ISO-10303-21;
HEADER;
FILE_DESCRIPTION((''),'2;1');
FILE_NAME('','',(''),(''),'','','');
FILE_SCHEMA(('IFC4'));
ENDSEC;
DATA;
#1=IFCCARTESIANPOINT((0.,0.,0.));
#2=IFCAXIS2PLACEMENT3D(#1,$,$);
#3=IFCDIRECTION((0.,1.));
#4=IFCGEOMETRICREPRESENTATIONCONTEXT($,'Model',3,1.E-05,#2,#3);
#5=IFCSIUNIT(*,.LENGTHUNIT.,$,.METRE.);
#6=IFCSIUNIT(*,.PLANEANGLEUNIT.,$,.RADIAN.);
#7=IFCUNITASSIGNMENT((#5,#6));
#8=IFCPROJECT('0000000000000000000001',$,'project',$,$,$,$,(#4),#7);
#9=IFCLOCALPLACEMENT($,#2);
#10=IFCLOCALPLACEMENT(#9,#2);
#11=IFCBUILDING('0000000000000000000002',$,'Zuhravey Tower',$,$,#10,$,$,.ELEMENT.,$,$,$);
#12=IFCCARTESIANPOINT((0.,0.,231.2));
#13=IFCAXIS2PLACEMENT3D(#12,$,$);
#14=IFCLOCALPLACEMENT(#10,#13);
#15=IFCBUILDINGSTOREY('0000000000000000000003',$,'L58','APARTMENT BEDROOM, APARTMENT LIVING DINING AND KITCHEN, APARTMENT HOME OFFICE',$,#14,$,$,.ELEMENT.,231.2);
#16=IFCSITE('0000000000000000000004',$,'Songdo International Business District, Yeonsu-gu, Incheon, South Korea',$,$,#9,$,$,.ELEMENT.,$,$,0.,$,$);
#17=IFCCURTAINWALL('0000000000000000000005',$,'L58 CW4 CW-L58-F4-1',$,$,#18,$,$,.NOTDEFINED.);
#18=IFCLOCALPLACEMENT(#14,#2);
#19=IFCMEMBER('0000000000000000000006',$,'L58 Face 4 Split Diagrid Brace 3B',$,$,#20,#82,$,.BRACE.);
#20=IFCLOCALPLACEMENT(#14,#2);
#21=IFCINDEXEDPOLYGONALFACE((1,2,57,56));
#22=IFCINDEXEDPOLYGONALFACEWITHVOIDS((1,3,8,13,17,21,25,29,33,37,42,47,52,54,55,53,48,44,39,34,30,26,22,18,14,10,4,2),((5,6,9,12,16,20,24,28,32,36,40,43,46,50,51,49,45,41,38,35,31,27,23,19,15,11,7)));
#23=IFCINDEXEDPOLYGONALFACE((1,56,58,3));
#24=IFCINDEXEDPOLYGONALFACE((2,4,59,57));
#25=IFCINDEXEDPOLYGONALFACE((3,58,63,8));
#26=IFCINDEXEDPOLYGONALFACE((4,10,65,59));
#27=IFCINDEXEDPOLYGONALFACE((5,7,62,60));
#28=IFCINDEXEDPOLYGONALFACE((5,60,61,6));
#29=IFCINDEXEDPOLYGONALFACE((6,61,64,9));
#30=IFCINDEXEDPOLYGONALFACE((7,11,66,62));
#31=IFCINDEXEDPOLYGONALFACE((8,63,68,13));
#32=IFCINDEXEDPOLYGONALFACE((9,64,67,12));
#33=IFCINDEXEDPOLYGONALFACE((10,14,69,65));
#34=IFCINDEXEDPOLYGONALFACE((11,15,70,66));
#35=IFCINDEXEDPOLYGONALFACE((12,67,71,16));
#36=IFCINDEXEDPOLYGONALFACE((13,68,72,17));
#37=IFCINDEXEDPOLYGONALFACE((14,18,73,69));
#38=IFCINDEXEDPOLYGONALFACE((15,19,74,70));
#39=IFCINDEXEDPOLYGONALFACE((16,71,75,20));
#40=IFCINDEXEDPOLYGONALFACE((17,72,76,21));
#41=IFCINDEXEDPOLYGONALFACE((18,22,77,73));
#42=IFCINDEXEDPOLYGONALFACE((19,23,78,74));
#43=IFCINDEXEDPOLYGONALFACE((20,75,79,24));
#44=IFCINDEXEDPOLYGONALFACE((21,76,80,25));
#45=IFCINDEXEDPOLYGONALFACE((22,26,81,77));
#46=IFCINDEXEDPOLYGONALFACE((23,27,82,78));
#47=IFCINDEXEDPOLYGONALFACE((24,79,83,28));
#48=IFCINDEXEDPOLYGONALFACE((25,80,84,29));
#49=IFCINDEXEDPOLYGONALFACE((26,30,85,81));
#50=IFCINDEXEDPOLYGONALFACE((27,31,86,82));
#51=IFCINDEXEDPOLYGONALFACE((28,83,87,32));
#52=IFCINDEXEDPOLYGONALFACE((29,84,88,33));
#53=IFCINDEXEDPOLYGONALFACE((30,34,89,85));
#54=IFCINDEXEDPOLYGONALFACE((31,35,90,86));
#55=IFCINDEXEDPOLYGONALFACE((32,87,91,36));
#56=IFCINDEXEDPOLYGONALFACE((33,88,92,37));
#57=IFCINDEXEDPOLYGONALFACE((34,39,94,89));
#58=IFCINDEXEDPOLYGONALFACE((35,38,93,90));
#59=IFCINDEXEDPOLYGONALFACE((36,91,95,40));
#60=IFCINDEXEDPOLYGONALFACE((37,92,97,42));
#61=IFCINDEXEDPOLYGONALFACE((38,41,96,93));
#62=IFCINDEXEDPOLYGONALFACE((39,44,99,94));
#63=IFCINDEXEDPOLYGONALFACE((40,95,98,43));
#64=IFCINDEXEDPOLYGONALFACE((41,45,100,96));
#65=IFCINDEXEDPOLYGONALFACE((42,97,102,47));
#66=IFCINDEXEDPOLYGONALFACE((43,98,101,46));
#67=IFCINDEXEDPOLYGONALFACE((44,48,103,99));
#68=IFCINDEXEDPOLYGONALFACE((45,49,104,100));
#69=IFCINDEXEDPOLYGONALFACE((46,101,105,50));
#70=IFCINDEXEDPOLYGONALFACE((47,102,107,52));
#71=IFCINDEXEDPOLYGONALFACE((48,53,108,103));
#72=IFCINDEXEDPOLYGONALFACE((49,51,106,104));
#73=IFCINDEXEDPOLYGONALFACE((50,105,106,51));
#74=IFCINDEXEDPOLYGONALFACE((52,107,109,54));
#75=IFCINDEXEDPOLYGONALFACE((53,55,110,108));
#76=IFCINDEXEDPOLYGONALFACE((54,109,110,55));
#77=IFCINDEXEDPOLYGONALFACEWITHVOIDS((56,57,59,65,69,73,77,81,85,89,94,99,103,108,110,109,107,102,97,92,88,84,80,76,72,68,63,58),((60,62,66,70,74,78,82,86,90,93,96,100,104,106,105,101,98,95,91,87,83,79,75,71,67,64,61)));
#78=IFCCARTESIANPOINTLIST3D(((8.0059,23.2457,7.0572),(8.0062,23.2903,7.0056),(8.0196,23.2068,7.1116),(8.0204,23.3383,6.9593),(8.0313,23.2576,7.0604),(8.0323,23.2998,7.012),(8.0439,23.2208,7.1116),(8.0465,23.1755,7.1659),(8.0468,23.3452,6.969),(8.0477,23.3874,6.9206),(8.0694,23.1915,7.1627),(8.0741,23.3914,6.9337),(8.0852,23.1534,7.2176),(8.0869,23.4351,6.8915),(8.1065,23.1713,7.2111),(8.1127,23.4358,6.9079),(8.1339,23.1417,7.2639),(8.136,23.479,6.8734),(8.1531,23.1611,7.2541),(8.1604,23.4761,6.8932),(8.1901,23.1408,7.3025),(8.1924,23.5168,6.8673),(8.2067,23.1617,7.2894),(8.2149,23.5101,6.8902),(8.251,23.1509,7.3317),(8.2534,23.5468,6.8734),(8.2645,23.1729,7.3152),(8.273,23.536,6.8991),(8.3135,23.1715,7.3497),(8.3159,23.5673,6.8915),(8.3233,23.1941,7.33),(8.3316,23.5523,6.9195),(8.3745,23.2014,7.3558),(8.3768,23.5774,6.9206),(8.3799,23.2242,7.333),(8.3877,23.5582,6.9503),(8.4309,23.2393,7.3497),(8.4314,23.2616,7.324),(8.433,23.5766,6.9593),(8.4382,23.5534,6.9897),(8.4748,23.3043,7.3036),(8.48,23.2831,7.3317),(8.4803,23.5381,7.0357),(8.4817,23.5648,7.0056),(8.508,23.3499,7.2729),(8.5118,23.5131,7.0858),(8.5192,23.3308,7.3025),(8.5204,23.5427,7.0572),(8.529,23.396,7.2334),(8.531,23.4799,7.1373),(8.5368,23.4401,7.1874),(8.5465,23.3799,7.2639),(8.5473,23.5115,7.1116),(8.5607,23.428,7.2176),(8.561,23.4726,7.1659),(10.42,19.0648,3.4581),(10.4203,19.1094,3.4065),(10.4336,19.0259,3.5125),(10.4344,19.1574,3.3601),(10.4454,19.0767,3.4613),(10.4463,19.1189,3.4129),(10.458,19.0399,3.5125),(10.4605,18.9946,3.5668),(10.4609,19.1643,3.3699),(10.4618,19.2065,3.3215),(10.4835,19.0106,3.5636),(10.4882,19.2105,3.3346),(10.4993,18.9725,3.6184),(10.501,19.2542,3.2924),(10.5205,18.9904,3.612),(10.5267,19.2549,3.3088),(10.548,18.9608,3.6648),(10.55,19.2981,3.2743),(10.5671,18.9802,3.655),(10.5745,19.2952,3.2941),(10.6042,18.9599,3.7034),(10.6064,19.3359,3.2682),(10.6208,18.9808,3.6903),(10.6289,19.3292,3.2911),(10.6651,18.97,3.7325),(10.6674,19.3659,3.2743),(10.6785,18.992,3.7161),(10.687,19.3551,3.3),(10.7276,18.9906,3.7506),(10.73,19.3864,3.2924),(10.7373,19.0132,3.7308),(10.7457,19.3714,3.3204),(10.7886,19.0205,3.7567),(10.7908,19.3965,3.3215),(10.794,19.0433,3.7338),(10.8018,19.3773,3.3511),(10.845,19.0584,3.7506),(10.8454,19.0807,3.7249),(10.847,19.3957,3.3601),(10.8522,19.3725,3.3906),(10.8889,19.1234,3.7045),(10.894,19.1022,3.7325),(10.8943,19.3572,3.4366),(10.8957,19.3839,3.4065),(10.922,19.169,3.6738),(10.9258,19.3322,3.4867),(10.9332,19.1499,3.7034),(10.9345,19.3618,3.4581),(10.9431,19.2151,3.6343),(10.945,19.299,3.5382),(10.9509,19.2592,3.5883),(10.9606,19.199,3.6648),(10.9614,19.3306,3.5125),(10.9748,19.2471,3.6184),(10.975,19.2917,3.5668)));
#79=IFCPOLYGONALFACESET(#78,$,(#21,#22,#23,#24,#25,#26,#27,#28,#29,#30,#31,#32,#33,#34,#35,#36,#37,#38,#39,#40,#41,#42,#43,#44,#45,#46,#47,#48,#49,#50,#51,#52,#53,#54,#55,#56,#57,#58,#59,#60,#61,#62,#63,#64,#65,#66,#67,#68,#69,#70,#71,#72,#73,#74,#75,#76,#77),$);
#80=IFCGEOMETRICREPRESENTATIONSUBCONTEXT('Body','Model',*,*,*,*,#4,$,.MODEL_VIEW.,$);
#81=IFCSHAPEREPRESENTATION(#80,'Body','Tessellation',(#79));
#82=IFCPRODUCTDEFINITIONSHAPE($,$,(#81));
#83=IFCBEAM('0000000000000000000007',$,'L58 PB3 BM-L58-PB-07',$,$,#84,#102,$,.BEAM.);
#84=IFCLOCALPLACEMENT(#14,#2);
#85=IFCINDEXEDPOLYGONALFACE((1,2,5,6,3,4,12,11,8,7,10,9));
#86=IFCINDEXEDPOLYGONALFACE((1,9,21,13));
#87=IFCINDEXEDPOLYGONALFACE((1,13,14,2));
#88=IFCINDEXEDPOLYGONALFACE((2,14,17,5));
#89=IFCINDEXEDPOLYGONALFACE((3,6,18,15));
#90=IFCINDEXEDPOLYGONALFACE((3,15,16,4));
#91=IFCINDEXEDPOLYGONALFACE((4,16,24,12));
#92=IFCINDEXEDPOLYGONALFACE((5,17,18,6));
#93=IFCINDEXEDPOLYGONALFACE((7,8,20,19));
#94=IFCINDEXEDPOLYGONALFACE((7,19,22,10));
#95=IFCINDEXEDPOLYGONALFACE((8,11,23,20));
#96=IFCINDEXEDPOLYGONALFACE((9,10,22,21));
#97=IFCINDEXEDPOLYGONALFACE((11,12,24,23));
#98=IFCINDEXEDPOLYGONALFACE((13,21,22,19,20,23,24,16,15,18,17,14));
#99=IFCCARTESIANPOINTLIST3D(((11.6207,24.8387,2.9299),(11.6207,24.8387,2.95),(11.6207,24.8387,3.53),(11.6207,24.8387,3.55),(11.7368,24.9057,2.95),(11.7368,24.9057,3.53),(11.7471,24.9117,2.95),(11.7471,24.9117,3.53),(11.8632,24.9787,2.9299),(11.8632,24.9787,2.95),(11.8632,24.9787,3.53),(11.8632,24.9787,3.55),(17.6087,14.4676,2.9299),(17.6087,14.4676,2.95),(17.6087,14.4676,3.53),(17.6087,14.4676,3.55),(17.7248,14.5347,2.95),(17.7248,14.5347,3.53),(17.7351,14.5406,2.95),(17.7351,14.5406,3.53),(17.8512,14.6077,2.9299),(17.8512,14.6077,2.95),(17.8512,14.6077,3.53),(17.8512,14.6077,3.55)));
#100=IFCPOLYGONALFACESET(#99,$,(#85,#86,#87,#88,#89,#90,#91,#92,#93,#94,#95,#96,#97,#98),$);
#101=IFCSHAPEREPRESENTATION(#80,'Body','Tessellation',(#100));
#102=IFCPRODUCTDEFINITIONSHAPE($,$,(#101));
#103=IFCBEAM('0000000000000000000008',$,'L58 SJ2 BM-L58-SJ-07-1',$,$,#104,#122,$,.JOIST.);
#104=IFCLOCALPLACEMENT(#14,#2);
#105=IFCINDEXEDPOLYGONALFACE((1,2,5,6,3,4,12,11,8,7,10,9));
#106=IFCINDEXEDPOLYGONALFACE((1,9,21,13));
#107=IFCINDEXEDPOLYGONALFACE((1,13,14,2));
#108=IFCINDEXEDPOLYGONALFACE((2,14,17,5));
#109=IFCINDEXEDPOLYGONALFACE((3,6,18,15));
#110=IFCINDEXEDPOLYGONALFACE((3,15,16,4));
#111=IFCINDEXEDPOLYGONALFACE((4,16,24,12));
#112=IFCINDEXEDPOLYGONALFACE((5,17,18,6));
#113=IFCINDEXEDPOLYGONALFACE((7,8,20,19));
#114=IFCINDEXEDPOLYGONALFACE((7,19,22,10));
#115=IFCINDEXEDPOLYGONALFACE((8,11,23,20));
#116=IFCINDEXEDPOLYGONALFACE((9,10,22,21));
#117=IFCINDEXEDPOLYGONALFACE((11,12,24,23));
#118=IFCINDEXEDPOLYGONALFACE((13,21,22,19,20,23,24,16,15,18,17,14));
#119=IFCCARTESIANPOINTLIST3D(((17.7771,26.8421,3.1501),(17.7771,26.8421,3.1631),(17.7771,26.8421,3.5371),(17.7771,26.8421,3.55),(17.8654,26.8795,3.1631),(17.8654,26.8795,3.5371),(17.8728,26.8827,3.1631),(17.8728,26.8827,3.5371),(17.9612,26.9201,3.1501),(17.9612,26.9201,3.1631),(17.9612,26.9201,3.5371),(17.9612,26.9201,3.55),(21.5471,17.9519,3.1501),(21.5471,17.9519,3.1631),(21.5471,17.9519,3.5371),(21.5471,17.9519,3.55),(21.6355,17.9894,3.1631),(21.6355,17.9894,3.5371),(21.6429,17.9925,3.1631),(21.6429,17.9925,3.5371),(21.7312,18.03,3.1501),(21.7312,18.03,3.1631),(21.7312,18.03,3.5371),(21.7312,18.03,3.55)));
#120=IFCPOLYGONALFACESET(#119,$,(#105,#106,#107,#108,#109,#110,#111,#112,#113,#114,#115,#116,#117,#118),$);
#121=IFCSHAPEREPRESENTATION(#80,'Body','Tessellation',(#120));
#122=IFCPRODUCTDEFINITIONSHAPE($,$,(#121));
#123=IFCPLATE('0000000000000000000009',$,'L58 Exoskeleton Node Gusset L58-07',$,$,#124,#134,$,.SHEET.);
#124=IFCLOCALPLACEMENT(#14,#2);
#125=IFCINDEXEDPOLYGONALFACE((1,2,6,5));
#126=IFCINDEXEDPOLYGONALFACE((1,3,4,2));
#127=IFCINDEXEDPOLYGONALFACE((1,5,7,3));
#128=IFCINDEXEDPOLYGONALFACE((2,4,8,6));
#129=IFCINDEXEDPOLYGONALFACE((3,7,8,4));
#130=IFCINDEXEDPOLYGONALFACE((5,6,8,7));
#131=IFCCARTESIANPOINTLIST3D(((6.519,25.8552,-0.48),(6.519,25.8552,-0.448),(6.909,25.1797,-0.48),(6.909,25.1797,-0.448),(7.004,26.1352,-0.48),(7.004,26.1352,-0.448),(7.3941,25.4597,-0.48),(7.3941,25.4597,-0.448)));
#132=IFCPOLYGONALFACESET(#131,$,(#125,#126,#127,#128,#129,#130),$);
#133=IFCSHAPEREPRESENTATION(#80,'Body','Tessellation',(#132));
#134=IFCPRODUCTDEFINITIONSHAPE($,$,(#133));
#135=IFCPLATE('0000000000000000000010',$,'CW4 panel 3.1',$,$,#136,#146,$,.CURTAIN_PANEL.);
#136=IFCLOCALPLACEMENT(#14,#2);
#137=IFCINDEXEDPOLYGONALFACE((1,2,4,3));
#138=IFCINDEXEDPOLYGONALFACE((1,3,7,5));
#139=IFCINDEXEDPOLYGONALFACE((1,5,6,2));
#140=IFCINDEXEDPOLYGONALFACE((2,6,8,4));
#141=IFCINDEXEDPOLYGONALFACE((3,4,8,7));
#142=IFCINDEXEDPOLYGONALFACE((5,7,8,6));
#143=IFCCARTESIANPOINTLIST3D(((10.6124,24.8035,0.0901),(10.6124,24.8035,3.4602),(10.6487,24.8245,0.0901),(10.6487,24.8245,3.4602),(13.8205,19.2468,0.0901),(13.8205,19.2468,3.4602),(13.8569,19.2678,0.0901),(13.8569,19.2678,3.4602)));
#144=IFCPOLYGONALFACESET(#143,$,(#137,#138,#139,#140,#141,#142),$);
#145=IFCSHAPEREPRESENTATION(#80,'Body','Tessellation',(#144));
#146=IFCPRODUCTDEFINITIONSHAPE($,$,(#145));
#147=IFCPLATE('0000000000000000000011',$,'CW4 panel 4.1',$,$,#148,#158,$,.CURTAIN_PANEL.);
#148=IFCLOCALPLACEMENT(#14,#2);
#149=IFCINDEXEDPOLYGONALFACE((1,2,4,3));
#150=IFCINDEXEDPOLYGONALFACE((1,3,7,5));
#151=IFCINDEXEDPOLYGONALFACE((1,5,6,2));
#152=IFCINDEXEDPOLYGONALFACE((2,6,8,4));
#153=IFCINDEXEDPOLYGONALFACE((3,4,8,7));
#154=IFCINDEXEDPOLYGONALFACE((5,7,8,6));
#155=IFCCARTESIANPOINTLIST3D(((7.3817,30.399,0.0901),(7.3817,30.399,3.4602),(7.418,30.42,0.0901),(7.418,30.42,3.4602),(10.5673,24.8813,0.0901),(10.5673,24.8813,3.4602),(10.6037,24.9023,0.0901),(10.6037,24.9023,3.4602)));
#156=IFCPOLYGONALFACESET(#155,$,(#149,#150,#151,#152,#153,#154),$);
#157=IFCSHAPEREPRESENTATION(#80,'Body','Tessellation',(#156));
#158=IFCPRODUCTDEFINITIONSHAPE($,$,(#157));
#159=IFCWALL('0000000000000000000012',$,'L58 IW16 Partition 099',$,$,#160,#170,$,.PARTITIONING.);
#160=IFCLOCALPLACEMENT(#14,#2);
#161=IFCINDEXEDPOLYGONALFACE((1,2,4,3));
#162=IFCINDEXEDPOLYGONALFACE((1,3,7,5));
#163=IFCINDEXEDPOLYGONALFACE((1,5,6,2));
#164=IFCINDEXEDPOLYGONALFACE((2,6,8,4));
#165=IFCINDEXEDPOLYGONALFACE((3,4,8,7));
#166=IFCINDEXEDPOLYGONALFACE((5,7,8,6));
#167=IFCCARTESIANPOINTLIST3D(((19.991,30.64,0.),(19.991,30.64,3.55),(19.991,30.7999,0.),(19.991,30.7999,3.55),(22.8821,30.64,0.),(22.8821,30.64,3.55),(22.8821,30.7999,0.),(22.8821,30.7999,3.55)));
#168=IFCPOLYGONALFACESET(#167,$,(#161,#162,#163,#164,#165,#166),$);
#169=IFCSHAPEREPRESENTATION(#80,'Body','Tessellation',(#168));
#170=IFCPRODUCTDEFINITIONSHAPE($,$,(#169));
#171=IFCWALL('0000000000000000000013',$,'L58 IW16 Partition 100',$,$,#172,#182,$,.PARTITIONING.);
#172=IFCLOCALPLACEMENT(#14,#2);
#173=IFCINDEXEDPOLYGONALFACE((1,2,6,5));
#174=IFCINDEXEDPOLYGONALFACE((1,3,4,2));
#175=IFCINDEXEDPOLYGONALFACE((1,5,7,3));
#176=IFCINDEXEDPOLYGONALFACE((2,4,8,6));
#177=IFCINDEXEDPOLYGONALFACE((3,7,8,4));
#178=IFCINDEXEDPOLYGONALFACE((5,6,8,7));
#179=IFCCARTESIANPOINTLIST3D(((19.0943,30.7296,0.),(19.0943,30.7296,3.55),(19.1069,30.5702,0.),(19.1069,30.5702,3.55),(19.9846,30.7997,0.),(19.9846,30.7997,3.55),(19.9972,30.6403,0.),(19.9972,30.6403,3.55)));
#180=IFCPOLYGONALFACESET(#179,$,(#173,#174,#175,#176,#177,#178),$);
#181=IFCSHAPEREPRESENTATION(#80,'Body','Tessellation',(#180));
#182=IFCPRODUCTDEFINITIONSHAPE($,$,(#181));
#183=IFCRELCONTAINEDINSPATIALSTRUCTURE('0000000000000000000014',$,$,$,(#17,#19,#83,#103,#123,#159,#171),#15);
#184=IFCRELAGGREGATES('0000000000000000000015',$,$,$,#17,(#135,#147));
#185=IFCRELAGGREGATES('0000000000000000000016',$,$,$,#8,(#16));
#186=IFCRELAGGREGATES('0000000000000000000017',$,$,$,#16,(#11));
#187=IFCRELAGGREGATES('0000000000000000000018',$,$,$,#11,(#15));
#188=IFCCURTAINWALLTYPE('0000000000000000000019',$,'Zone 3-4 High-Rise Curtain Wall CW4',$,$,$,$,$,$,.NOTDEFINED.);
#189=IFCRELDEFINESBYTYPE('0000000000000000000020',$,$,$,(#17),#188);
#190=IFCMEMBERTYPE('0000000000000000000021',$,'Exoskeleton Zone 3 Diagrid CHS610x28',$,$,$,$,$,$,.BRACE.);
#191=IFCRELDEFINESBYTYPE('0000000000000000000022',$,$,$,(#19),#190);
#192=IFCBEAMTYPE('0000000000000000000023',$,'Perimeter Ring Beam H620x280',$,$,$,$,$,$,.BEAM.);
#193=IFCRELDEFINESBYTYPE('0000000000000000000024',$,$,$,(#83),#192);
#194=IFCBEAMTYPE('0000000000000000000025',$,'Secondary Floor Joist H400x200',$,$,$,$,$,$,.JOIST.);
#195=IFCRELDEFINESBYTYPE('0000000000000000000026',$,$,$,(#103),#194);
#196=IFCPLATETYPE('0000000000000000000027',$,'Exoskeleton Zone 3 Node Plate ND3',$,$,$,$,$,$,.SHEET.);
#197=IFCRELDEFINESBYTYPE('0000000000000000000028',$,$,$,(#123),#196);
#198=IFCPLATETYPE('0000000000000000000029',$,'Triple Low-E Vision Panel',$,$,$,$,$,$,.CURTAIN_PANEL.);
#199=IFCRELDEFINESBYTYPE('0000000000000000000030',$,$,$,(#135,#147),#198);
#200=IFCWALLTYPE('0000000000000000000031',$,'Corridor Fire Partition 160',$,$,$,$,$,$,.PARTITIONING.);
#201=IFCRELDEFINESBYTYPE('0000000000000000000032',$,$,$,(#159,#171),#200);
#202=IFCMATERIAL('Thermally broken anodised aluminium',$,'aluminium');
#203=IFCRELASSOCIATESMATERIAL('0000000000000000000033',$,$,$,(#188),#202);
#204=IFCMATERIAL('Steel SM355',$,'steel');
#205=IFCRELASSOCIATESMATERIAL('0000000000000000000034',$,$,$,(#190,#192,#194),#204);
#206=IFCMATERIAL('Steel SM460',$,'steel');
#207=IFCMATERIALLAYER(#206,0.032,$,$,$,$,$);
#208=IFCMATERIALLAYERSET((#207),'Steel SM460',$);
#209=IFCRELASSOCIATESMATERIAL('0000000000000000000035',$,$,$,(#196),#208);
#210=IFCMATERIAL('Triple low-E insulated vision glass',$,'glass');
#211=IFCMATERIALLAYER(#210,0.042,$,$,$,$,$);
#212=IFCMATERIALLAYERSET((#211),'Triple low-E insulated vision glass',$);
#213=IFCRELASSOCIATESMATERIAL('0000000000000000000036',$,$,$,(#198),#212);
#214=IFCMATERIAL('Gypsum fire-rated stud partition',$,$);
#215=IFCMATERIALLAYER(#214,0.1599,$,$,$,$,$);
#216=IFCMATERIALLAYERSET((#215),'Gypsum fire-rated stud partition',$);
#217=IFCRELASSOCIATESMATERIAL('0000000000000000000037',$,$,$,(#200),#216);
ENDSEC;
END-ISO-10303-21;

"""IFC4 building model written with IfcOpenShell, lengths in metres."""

from ifc_helpers import new_model, si_unit, direction, frame, frame_2d, origin, origin_2d, place, context, subcontext, project, spatial, rectangle, hollow_circle, i_section, extrude, material, layer, layer_set, material_profile, profile_set, type_object, element, aggregate, save


model = new_model("IFC4")

# Units and contexts
model_context = context("Model", 3, precision=1e-05, world=origin(), true_north=direction((0.0, 1.0)))
body_context = subcontext(model_context, "Body", "Model", "MODEL_VIEW")
ifc_project = project(units=[si_unit("LENGTHUNIT", "METRE"), si_unit("PLANEANGLEUNIT", "RADIAN")], contexts=[model_context])

# Site, building, storey
site_placement = place(None, origin())
site = spatial("IfcSite", under=ifc_project, at=site_placement, Name="Songdo International Business District, Yeonsu-gu, Incheon, South Korea", CompositionType="ELEMENT", RefElevation=0.0)
building_placement = place(site_placement, origin())
building = spatial("IfcBuilding", under=site, at=building_placement, Name="Zuhravey Tower", CompositionType="ELEMENT")
storey_placement = place(building_placement, frame((0.0, 0.0, 231.2)))
storey = spatial("IfcBuildingStorey", under=building, at=storey_placement, Name="L58", Description="APARTMENT BEDROOM, APARTMENT LIVING DINING AND KITCHEN, APARTMENT HOME OFFICE", CompositionType="ELEMENT", Elevation=231.2)

# Curtain wall
ifc_material_1 = material(Name="Thermally broken anodised aluminium", Category="aluminium")
curtain_wall_type = type_object("IfcCurtainWallType", Name="Zone 3-4 High-Rise Curtain Wall CW4", PredefinedType="NOTDEFINED", material=ifc_material_1)
curtain_wall_placement = place(storey_placement, origin())
curtain_wall = element("IfcCurtainWall", 1, at=curtain_wall_placement, inside=storey, type_object=curtain_wall_type, Name="L58 CW4 CW-L58-F4-1", PredefinedType="NOTDEFINED")

# Member
ifc_material_2 = material(Name="Steel SM355", Category="steel")
ifc_material_profile_1 = material_profile(ifc_material_2, hollow_circle(Radius=0.3047, WallThickness=0.0281, at=origin_2d()), Name="CHS-609.6x28")
ifc_profile_set_1 = profile_set([ifc_material_profile_1], Name="Steel SM355")
member_type_1 = type_object("IfcMemberType", Name="Exoskeleton Zone 3 Diagrid CHS610x28", PredefinedType="BRACE", material=ifc_profile_set_1)
member_1_placement = place(storey_placement, frame((10.6975, 19.1782, 3.5125), z_axis=(-0.400891, 0.694302, 0.597688), x_axis=(-0.866006, -0.500033, 0.0)))
element("IfcMember", 2, at=member_1_placement, inside=storey, type_object=member_type_1, Name="L58 Face 4 Split Diagrid Brace 3B", PredefinedType="BRACE", context=body_context, shape_type="SweptSolid", body=[
    extrude(hollow_circle(Radius=0.3047, WallThickness=0.0281, at=origin_2d()), origin(), (0.0, 0.0, 1.0), 6.0217),
])

# Beams
ifc_material_profile_2 = material_profile(ifc_material_2, i_section(OverallWidth=0.28, OverallDepth=0.6201, WebThickness=0.012, FlangeThickness=0.02, at=origin_2d()), Name="H-620x280x12x20")
ifc_profile_set_2 = profile_set([ifc_material_profile_2], Name="Steel SM355")
beam_type_1 = type_object("IfcBeamType", Name="Perimeter Ring Beam H620x280", PredefinedType="BEAM", material=ifc_profile_set_2)
beam_1_placement = place(storey_placement, frame((11.7419, 24.9087, 3.24), z_axis=(0.500018, -0.866015, 0.0), x_axis=(0.866015, 0.500018, 0.0)))
element("IfcBeam", 3, at=beam_1_placement, inside=storey, type_object=beam_type_1, Name="L58 PB3 BM-L58-PB-07", PredefinedType="BEAM", context=body_context, shape_type="SweptSolid", body=[
    extrude(i_section(OverallWidth=0.28, OverallDepth=0.6201, WebThickness=0.012, FlangeThickness=0.02, at=origin_2d()), origin(), (0.0, 0.0, 1.0), 11.9756),
])
ifc_material_profile_3 = material_profile(ifc_material_2, i_section(OverallWidth=0.2, OverallDepth=0.3999, WebThickness=0.0081, FlangeThickness=0.0129, at=origin_2d()), Name="H-400x200x8x13")
ifc_profile_set_3 = profile_set([ifc_material_profile_3], Name="Steel SM355")
beam_type_2 = type_object("IfcBeamType", Name="Secondary Floor Joist H400x200", PredefinedType="JOIST", material=ifc_profile_set_3)
beam_2_placement = place(storey_placement, frame((17.8691, 26.8811, 3.3501), z_axis=(0.390413, -0.92064, 0.0), x_axis=(0.92064, 0.390413, 0.0)))
element("IfcBeam", 4, at=beam_2_placement, inside=storey, type_object=beam_type_2, Name="L58 SJ2 BM-L58-SJ-07-1", PredefinedType="JOIST", context=body_context, shape_type="SweptSolid", body=[
    extrude(i_section(OverallWidth=0.2, OverallDepth=0.3999, WebThickness=0.0081, FlangeThickness=0.0129, at=origin_2d()), origin(), (0.0, 0.0, 1.0), 9.6565),
])

# Plates
ifc_material_3 = material(Name="Steel SM460", Category="steel")
ifc_layer_1 = layer(ifc_material_3, 0.032)
ifc_layer_set_1 = layer_set([ifc_layer_1], Name="Steel SM460")
plate_type_1 = type_object("IfcPlateType", Name="Exoskeleton Zone 3 Node Plate ND3", PredefinedType="SHEET", material=ifc_layer_set_1)
plate_1_placement = place(storey_placement, frame((6.9565, 25.6575, -0.48), z_axis=(0.0, 0.0, 1.0), x_axis=(0.5, -0.866025, 0.0)))
element("IfcPlate", 5, at=plate_1_placement, inside=storey, type_object=plate_type_1, Name="L58 Exoskeleton Node Gusset L58-07", PredefinedType="SHEET", context=body_context, shape_type="SweptSolid", body=[
    extrude(rectangle(XDim=0.78, YDim=0.5601, at=origin_2d()), origin(), (0.0, 0.0, 1.0), 0.032),
])
ifc_material_4 = material(Name="Triple low-E insulated vision glass", Category="glass")
ifc_layer_2 = layer(ifc_material_4, 0.042)
ifc_layer_set_2 = layer_set([ifc_layer_2], Name="Triple low-E insulated vision glass")
plate_type_2 = type_object("IfcPlateType", Name="Triple Low-E Vision Panel", PredefinedType="CURTAIN_PANEL", material=ifc_layer_set_2)
plate_2_placement = place(storey_placement, frame((12.2346, 22.0356, 0.0901), z_axis=(0.0, 0.0, 1.0), x_axis=(-0.500001, 0.866025, 0.0)))
plate_2 = element("IfcPlate", 6, at=plate_2_placement, type_object=plate_type_2, Name="CW4 panel 3.1", PredefinedType="CURTAIN_PANEL", context=body_context, shape_type="SweptSolid", body=[
    extrude(rectangle(XDim=6.4163, YDim=0.042, at=origin_2d()), origin(), (0.0, 0.0, 1.0), 3.3701),
])
plate_3_placement = place(storey_placement, frame((8.9927, 27.6506, 0.0901), z_axis=(0.0, 0.0, 1.0), x_axis=(-0.500001, 0.866025, 0.0)))
plate_3 = element("IfcPlate", 7, at=plate_3_placement, type_object=plate_type_2, Name="CW4 panel 4.1", PredefinedType="CURTAIN_PANEL", context=body_context, shape_type="SweptSolid", body=[
    extrude(rectangle(XDim=6.3713, YDim=0.042, at=origin_2d()), origin(), (0.0, 0.0, 1.0), 3.3701),
])
aggregate(curtain_wall, [plate_2, plate_3])

# Walls
ifc_material_5 = material(Name="Gypsum fire-rated stud partition")
ifc_layer_3 = layer(ifc_material_5, 0.1599)
ifc_layer_set_3 = layer_set([ifc_layer_3], Name="Gypsum fire-rated stud partition")
wall_type_1 = type_object("IfcWallType", Name="Corridor Fire Partition 160", PredefinedType="PARTITIONING", material=ifc_layer_set_3)
wall_1_placement = place(storey_placement, frame((19.991, 30.72, 0.0), z_axis=(0.0, 0.0, 1.0), x_axis=(1.0, 0.0, 0.0)))
element("IfcWall", 8, at=wall_1_placement, inside=storey, type_object=wall_type_1, Name="L58 IW16 Partition 099", PredefinedType="PARTITIONING", context=body_context, shape_type="SweptSolid", body=[
    extrude(rectangle(XDim=2.8911, YDim=0.1599, at=frame_2d((1.4456, 0.0))), origin(), (0.0, 0.0, 1.0), 3.55),
])
wall_2_placement = place(storey_placement, frame((19.1006, 30.6499, 0.0), z_axis=(0.0, 0.0, 1.0), x_axis=(0.996918, 0.078452, 0.0)))
element("IfcWall", 9, at=wall_2_placement, inside=storey, type_object=wall_type_1, Name="L58 IW16 Partition 100", PredefinedType="PARTITIONING", context=body_context, shape_type="SweptSolid", body=[
    extrude(rectangle(XDim=0.8931, YDim=0.1599, at=frame_2d((0.4465, 0.0))), origin(), (0.0, 0.0, 1.0), 3.55),
])

save(model, "model.ifc")
